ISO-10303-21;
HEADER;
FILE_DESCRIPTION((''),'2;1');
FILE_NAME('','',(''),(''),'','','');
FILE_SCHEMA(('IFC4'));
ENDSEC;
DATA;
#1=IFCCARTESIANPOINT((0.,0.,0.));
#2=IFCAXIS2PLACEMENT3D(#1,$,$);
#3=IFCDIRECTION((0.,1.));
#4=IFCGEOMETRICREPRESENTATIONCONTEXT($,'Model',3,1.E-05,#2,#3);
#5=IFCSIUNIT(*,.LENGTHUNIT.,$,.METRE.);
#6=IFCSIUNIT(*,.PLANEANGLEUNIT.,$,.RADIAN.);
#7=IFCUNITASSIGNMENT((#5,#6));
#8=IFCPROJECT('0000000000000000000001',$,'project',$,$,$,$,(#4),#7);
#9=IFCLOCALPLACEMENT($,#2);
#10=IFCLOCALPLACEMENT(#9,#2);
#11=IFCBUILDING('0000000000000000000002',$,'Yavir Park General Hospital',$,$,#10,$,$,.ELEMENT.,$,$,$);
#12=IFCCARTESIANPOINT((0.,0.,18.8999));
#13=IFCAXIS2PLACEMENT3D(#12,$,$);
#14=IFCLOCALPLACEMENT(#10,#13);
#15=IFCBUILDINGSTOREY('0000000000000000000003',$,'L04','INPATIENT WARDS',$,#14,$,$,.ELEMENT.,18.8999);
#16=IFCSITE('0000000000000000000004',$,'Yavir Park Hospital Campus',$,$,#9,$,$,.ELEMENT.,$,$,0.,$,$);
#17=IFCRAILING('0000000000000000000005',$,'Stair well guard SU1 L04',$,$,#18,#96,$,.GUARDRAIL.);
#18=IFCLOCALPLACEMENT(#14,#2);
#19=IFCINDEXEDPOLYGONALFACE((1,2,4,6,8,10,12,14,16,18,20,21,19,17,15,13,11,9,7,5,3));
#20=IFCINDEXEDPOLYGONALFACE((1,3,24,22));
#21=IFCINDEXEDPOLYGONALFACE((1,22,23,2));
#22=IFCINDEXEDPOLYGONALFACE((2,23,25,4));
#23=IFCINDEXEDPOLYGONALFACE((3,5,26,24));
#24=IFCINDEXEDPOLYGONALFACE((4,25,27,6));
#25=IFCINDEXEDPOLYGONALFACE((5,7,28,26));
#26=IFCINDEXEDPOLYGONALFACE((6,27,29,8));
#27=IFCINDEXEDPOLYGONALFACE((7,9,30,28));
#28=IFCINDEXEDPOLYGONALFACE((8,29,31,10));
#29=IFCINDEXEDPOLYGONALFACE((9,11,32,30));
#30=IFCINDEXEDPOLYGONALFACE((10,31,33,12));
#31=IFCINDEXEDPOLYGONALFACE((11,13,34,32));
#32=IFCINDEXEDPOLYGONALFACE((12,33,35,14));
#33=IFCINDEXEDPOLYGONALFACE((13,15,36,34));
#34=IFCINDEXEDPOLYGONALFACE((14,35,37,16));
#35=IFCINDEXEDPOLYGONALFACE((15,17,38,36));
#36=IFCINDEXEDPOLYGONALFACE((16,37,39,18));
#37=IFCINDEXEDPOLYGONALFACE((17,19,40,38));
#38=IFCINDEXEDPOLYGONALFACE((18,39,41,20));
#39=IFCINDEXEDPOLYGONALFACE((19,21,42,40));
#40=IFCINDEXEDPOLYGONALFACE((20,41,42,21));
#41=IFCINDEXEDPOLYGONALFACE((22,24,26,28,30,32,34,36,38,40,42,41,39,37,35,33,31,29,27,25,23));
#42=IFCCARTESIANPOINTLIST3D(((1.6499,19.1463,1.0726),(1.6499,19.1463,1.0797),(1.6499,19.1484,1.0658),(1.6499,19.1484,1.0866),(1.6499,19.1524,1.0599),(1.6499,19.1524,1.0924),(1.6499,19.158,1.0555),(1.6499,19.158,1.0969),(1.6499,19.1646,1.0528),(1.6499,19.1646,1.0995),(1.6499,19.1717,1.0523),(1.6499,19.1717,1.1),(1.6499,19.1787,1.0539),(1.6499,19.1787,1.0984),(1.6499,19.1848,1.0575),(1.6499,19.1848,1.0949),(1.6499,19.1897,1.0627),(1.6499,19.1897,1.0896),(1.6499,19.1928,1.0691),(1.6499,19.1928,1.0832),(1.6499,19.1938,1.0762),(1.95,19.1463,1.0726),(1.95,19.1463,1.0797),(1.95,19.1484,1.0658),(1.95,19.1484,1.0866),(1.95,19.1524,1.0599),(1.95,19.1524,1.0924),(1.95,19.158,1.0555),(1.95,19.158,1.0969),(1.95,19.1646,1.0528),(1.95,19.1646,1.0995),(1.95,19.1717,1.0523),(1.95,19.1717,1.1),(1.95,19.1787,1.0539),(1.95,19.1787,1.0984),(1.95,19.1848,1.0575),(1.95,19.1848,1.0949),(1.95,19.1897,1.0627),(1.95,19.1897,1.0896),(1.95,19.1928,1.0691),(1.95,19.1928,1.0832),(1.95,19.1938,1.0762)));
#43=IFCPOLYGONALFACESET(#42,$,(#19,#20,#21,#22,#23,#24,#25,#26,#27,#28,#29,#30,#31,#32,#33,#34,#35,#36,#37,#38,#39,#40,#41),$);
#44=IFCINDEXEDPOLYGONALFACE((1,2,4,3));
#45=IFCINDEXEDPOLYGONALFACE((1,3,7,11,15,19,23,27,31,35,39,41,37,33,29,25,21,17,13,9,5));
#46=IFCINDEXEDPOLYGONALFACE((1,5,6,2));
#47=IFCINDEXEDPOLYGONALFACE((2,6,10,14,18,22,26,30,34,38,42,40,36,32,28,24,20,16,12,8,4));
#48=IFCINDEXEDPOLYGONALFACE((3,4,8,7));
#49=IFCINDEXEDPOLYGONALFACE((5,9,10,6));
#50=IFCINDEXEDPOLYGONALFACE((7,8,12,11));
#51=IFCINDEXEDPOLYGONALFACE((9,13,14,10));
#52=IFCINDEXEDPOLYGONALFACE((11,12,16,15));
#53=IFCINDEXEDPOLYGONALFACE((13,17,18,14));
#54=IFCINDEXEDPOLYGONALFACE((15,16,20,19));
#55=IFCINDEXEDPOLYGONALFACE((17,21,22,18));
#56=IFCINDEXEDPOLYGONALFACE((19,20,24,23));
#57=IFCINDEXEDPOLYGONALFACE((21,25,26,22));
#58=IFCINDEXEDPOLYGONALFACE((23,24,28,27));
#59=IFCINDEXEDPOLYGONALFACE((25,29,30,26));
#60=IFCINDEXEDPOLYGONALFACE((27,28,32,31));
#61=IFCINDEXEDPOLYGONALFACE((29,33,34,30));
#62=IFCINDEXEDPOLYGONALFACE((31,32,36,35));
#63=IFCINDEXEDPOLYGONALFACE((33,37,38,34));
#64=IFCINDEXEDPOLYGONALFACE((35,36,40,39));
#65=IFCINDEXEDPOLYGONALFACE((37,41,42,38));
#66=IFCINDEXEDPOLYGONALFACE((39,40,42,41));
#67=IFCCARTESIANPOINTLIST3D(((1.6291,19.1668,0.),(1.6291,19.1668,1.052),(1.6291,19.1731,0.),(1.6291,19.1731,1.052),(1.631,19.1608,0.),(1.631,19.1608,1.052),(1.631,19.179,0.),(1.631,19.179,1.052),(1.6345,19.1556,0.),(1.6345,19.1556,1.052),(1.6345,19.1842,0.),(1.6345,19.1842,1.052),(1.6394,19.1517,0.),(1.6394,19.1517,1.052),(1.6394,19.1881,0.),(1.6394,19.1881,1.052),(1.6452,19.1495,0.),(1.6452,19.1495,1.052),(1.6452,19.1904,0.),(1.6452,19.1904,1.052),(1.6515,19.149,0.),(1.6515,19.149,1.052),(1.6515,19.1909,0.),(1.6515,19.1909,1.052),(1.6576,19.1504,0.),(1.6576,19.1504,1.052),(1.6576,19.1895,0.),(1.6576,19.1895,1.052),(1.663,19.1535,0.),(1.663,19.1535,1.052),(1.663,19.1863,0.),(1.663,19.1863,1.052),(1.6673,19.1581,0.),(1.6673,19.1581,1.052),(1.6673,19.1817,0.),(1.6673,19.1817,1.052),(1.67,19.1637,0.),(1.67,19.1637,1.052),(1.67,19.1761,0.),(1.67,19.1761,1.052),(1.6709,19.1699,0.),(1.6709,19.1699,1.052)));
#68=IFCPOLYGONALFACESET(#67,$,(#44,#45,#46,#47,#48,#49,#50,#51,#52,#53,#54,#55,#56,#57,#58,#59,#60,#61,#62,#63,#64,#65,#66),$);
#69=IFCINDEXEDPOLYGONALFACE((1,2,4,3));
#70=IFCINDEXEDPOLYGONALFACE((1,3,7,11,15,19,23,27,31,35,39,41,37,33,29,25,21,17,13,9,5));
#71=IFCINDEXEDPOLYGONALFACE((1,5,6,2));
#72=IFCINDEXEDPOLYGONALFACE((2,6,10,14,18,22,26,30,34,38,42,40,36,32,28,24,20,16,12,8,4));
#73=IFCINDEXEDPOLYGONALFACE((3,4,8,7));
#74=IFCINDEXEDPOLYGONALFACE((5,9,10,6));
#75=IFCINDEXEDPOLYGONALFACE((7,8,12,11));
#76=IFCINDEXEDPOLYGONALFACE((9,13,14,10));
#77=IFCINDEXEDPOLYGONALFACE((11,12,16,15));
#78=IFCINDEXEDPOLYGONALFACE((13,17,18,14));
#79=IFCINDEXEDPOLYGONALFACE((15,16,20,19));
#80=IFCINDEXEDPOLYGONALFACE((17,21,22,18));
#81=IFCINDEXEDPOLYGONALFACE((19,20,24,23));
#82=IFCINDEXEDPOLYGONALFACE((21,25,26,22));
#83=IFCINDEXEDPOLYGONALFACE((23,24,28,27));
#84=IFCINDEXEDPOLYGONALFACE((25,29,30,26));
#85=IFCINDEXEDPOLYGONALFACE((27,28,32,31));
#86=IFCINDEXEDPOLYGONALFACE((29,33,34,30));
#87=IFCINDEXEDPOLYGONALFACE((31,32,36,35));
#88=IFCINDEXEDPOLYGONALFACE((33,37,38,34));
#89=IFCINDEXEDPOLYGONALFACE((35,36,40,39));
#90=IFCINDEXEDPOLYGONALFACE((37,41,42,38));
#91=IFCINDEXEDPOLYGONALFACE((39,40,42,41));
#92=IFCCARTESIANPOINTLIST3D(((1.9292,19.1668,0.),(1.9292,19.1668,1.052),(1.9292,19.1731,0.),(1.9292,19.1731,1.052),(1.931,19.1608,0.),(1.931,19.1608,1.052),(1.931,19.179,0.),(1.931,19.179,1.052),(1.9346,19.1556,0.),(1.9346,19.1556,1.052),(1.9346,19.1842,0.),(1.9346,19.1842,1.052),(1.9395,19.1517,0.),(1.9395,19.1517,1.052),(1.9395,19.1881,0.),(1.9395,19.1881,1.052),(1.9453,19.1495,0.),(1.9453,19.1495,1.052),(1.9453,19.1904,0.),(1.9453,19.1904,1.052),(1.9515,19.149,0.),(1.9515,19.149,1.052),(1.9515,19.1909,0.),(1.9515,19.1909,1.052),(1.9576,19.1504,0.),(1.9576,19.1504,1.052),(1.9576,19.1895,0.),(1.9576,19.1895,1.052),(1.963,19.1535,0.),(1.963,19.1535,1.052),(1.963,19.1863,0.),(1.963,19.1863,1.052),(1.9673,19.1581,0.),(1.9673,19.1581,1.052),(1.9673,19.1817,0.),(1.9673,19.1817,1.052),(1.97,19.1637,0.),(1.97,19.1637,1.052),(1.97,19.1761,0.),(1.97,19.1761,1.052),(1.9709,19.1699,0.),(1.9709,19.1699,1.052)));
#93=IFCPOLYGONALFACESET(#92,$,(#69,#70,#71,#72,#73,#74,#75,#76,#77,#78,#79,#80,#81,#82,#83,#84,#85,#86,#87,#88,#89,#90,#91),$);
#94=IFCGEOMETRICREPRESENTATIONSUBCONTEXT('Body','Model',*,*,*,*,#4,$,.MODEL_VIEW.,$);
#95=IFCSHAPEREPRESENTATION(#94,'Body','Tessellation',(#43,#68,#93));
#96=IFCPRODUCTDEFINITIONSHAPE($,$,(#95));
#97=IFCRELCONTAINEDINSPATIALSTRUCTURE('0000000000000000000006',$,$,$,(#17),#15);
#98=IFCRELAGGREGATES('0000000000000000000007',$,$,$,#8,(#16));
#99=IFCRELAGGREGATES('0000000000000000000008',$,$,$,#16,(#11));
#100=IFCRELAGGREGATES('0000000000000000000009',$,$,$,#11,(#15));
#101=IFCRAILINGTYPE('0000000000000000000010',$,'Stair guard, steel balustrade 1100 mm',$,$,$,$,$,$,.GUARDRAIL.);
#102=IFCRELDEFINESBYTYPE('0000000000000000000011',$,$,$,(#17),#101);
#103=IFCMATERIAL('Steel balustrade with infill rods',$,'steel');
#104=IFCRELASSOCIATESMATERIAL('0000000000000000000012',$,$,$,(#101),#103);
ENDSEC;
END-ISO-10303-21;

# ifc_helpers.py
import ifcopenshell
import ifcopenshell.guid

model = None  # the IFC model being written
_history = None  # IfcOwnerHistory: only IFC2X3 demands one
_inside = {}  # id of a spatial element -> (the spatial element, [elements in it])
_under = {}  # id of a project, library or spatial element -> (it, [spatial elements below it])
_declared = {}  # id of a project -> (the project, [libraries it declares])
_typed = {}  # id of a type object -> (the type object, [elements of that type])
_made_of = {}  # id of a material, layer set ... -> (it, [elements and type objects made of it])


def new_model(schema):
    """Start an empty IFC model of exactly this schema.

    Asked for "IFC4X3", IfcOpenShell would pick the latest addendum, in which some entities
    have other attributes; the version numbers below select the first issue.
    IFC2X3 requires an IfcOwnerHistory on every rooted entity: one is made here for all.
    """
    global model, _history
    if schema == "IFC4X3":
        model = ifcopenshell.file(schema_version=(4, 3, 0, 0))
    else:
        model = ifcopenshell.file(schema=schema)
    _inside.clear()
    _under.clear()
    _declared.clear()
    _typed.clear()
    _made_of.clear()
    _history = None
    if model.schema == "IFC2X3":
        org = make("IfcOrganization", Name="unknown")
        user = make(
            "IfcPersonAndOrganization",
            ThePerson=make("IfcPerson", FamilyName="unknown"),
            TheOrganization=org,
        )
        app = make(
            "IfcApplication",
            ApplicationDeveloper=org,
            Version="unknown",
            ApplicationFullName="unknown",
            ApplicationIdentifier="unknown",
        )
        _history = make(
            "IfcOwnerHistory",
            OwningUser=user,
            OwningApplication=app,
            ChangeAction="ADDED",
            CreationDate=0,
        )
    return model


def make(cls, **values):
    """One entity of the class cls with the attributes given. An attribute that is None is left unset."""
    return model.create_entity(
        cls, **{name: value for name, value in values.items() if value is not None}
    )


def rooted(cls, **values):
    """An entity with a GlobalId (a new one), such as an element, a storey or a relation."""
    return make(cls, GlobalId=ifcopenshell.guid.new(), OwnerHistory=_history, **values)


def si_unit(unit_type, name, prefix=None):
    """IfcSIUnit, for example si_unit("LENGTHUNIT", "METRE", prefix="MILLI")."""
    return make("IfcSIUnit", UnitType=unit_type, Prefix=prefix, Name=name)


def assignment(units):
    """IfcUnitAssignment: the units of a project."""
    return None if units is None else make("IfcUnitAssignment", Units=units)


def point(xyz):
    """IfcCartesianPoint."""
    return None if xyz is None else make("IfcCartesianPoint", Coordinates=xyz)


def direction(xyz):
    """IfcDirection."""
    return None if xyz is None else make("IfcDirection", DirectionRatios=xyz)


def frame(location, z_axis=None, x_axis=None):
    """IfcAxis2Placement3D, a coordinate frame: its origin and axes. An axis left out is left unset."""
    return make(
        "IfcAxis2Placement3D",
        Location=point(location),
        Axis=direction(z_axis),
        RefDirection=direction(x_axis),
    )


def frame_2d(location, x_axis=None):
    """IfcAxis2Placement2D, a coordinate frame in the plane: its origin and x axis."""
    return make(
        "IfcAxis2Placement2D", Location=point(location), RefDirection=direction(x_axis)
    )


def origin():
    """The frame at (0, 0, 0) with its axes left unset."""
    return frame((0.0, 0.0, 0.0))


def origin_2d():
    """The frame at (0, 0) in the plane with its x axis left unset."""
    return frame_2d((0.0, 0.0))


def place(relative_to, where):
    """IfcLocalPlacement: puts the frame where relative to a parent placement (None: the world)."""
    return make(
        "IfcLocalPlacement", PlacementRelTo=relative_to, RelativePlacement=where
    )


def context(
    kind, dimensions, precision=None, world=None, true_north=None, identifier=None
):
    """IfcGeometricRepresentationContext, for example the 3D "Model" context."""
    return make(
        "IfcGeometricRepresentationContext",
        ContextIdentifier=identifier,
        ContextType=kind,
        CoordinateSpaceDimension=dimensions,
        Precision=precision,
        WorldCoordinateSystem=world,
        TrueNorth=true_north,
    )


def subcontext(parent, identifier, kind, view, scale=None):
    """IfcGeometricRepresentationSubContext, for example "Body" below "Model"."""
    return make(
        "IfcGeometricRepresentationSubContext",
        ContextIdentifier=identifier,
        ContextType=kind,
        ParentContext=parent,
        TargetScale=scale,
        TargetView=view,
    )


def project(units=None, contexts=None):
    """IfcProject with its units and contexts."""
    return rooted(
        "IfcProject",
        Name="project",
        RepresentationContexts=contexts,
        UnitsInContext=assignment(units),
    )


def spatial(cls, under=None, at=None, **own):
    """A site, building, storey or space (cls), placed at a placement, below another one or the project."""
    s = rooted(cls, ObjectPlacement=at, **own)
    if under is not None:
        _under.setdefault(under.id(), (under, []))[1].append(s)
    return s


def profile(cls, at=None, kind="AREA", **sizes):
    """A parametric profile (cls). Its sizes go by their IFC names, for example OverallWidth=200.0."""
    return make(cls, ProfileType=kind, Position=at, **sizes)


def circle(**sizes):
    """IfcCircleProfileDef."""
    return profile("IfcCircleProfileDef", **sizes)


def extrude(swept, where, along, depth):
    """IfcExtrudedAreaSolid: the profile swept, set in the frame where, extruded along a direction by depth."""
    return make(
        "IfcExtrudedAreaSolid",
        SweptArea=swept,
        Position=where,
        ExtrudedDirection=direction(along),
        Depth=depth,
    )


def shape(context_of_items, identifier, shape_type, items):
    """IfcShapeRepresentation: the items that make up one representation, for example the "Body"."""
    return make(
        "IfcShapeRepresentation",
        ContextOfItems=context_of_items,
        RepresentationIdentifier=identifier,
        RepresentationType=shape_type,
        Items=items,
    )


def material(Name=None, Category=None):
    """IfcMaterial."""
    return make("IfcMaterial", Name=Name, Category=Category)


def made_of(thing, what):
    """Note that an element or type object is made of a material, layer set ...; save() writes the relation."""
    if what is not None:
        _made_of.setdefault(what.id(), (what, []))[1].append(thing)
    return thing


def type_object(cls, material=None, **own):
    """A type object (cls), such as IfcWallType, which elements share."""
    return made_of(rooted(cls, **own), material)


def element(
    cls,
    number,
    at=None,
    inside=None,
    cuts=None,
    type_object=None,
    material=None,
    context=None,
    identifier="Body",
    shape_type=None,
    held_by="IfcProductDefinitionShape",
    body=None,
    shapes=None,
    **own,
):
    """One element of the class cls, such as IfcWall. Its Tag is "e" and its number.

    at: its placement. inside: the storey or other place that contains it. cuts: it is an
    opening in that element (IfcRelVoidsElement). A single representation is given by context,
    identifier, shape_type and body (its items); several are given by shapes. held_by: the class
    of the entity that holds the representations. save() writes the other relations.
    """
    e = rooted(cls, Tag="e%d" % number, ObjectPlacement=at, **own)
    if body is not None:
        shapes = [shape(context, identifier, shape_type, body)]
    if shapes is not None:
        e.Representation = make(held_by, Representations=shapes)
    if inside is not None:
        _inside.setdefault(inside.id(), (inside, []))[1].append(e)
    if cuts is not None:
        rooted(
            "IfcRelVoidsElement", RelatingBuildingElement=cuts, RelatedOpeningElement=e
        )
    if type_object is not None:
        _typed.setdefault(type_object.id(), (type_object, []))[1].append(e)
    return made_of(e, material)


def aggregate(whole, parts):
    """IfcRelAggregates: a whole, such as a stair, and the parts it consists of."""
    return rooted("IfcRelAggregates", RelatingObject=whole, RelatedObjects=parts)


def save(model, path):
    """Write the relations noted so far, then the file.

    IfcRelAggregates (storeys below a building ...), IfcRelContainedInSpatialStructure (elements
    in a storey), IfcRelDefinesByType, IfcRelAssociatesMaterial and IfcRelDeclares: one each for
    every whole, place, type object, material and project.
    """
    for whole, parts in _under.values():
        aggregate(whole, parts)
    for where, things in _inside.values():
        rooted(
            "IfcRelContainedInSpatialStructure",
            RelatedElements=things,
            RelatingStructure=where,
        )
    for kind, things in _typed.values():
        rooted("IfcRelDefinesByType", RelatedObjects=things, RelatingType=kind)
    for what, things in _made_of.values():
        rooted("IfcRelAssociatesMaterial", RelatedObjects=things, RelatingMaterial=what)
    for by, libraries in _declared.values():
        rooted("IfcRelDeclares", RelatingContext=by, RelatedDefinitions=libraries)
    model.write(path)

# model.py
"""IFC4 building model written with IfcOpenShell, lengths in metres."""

from ifc_helpers import new_model, si_unit, direction, frame, origin, origin_2d, place, context, subcontext, project, spatial, circle, extrude, material, type_object, element, save


model = new_model("IFC4")

# Units and contexts
model_context = context("Model", 3, precision=1e-05, world=origin(), true_north=direction((0.0, 1.0)))
body_context = subcontext(model_context, "Body", "Model", "MODEL_VIEW")
ifc_project = project(units=[si_unit("LENGTHUNIT", "METRE"), si_unit("PLANEANGLEUNIT", "RADIAN")], contexts=[model_context])

# Site, building, storey
site_placement = place(None, origin())
site = spatial("IfcSite", under=ifc_project, at=site_placement, Name="Yavir Park Hospital Campus", CompositionType="ELEMENT", RefElevation=0.0)
building_placement = place(site_placement, origin())
building = spatial("IfcBuilding", under=site, at=building_placement, Name="Yavir Park General Hospital", CompositionType="ELEMENT")
storey_placement = place(building_placement, frame((0.0, 0.0, 18.8999)))
storey = spatial("IfcBuildingStorey", under=building, at=storey_placement, Name="L04", Description="INPATIENT WARDS", CompositionType="ELEMENT", Elevation=18.8999)

# Railing
ifc_material_1 = material(Name="Steel balustrade with infill rods", Category="steel")
railing_type_1 = type_object("IfcRailingType", Name="Stair guard, steel balustrade 1100 mm", PredefinedType="GUARDRAIL", material=ifc_material_1)
railing_placement = place(storey_placement, frame((1.6499, 19.1699, 0.0)))
element("IfcRailing", 1, at=railing_placement, inside=storey, type_object=railing_type_1, Name="Stair well guard SU1 L04", PredefinedType="GUARDRAIL", context=body_context, shape_type="SweptSolid", body=[
    extrude(circle(Radius=0.0239, at=origin_2d()), frame((0.0, 0.0, 1.0762), z_axis=(1.0, 0.0, 0.0), x_axis=(0.0, 1.0, 0.0)), (0.0, 0.0, 1.0), 0.3),
    extrude(circle(Radius=0.021, at=origin_2d()), origin(), (0.0, 0.0, 1.0), 1.052),
    extrude(circle(Radius=0.021, at=origin_2d()), frame((0.3, 0.0, 0.0)), (0.0, 0.0, 1.0), 1.052),
])

save(model, "model.ifc")
